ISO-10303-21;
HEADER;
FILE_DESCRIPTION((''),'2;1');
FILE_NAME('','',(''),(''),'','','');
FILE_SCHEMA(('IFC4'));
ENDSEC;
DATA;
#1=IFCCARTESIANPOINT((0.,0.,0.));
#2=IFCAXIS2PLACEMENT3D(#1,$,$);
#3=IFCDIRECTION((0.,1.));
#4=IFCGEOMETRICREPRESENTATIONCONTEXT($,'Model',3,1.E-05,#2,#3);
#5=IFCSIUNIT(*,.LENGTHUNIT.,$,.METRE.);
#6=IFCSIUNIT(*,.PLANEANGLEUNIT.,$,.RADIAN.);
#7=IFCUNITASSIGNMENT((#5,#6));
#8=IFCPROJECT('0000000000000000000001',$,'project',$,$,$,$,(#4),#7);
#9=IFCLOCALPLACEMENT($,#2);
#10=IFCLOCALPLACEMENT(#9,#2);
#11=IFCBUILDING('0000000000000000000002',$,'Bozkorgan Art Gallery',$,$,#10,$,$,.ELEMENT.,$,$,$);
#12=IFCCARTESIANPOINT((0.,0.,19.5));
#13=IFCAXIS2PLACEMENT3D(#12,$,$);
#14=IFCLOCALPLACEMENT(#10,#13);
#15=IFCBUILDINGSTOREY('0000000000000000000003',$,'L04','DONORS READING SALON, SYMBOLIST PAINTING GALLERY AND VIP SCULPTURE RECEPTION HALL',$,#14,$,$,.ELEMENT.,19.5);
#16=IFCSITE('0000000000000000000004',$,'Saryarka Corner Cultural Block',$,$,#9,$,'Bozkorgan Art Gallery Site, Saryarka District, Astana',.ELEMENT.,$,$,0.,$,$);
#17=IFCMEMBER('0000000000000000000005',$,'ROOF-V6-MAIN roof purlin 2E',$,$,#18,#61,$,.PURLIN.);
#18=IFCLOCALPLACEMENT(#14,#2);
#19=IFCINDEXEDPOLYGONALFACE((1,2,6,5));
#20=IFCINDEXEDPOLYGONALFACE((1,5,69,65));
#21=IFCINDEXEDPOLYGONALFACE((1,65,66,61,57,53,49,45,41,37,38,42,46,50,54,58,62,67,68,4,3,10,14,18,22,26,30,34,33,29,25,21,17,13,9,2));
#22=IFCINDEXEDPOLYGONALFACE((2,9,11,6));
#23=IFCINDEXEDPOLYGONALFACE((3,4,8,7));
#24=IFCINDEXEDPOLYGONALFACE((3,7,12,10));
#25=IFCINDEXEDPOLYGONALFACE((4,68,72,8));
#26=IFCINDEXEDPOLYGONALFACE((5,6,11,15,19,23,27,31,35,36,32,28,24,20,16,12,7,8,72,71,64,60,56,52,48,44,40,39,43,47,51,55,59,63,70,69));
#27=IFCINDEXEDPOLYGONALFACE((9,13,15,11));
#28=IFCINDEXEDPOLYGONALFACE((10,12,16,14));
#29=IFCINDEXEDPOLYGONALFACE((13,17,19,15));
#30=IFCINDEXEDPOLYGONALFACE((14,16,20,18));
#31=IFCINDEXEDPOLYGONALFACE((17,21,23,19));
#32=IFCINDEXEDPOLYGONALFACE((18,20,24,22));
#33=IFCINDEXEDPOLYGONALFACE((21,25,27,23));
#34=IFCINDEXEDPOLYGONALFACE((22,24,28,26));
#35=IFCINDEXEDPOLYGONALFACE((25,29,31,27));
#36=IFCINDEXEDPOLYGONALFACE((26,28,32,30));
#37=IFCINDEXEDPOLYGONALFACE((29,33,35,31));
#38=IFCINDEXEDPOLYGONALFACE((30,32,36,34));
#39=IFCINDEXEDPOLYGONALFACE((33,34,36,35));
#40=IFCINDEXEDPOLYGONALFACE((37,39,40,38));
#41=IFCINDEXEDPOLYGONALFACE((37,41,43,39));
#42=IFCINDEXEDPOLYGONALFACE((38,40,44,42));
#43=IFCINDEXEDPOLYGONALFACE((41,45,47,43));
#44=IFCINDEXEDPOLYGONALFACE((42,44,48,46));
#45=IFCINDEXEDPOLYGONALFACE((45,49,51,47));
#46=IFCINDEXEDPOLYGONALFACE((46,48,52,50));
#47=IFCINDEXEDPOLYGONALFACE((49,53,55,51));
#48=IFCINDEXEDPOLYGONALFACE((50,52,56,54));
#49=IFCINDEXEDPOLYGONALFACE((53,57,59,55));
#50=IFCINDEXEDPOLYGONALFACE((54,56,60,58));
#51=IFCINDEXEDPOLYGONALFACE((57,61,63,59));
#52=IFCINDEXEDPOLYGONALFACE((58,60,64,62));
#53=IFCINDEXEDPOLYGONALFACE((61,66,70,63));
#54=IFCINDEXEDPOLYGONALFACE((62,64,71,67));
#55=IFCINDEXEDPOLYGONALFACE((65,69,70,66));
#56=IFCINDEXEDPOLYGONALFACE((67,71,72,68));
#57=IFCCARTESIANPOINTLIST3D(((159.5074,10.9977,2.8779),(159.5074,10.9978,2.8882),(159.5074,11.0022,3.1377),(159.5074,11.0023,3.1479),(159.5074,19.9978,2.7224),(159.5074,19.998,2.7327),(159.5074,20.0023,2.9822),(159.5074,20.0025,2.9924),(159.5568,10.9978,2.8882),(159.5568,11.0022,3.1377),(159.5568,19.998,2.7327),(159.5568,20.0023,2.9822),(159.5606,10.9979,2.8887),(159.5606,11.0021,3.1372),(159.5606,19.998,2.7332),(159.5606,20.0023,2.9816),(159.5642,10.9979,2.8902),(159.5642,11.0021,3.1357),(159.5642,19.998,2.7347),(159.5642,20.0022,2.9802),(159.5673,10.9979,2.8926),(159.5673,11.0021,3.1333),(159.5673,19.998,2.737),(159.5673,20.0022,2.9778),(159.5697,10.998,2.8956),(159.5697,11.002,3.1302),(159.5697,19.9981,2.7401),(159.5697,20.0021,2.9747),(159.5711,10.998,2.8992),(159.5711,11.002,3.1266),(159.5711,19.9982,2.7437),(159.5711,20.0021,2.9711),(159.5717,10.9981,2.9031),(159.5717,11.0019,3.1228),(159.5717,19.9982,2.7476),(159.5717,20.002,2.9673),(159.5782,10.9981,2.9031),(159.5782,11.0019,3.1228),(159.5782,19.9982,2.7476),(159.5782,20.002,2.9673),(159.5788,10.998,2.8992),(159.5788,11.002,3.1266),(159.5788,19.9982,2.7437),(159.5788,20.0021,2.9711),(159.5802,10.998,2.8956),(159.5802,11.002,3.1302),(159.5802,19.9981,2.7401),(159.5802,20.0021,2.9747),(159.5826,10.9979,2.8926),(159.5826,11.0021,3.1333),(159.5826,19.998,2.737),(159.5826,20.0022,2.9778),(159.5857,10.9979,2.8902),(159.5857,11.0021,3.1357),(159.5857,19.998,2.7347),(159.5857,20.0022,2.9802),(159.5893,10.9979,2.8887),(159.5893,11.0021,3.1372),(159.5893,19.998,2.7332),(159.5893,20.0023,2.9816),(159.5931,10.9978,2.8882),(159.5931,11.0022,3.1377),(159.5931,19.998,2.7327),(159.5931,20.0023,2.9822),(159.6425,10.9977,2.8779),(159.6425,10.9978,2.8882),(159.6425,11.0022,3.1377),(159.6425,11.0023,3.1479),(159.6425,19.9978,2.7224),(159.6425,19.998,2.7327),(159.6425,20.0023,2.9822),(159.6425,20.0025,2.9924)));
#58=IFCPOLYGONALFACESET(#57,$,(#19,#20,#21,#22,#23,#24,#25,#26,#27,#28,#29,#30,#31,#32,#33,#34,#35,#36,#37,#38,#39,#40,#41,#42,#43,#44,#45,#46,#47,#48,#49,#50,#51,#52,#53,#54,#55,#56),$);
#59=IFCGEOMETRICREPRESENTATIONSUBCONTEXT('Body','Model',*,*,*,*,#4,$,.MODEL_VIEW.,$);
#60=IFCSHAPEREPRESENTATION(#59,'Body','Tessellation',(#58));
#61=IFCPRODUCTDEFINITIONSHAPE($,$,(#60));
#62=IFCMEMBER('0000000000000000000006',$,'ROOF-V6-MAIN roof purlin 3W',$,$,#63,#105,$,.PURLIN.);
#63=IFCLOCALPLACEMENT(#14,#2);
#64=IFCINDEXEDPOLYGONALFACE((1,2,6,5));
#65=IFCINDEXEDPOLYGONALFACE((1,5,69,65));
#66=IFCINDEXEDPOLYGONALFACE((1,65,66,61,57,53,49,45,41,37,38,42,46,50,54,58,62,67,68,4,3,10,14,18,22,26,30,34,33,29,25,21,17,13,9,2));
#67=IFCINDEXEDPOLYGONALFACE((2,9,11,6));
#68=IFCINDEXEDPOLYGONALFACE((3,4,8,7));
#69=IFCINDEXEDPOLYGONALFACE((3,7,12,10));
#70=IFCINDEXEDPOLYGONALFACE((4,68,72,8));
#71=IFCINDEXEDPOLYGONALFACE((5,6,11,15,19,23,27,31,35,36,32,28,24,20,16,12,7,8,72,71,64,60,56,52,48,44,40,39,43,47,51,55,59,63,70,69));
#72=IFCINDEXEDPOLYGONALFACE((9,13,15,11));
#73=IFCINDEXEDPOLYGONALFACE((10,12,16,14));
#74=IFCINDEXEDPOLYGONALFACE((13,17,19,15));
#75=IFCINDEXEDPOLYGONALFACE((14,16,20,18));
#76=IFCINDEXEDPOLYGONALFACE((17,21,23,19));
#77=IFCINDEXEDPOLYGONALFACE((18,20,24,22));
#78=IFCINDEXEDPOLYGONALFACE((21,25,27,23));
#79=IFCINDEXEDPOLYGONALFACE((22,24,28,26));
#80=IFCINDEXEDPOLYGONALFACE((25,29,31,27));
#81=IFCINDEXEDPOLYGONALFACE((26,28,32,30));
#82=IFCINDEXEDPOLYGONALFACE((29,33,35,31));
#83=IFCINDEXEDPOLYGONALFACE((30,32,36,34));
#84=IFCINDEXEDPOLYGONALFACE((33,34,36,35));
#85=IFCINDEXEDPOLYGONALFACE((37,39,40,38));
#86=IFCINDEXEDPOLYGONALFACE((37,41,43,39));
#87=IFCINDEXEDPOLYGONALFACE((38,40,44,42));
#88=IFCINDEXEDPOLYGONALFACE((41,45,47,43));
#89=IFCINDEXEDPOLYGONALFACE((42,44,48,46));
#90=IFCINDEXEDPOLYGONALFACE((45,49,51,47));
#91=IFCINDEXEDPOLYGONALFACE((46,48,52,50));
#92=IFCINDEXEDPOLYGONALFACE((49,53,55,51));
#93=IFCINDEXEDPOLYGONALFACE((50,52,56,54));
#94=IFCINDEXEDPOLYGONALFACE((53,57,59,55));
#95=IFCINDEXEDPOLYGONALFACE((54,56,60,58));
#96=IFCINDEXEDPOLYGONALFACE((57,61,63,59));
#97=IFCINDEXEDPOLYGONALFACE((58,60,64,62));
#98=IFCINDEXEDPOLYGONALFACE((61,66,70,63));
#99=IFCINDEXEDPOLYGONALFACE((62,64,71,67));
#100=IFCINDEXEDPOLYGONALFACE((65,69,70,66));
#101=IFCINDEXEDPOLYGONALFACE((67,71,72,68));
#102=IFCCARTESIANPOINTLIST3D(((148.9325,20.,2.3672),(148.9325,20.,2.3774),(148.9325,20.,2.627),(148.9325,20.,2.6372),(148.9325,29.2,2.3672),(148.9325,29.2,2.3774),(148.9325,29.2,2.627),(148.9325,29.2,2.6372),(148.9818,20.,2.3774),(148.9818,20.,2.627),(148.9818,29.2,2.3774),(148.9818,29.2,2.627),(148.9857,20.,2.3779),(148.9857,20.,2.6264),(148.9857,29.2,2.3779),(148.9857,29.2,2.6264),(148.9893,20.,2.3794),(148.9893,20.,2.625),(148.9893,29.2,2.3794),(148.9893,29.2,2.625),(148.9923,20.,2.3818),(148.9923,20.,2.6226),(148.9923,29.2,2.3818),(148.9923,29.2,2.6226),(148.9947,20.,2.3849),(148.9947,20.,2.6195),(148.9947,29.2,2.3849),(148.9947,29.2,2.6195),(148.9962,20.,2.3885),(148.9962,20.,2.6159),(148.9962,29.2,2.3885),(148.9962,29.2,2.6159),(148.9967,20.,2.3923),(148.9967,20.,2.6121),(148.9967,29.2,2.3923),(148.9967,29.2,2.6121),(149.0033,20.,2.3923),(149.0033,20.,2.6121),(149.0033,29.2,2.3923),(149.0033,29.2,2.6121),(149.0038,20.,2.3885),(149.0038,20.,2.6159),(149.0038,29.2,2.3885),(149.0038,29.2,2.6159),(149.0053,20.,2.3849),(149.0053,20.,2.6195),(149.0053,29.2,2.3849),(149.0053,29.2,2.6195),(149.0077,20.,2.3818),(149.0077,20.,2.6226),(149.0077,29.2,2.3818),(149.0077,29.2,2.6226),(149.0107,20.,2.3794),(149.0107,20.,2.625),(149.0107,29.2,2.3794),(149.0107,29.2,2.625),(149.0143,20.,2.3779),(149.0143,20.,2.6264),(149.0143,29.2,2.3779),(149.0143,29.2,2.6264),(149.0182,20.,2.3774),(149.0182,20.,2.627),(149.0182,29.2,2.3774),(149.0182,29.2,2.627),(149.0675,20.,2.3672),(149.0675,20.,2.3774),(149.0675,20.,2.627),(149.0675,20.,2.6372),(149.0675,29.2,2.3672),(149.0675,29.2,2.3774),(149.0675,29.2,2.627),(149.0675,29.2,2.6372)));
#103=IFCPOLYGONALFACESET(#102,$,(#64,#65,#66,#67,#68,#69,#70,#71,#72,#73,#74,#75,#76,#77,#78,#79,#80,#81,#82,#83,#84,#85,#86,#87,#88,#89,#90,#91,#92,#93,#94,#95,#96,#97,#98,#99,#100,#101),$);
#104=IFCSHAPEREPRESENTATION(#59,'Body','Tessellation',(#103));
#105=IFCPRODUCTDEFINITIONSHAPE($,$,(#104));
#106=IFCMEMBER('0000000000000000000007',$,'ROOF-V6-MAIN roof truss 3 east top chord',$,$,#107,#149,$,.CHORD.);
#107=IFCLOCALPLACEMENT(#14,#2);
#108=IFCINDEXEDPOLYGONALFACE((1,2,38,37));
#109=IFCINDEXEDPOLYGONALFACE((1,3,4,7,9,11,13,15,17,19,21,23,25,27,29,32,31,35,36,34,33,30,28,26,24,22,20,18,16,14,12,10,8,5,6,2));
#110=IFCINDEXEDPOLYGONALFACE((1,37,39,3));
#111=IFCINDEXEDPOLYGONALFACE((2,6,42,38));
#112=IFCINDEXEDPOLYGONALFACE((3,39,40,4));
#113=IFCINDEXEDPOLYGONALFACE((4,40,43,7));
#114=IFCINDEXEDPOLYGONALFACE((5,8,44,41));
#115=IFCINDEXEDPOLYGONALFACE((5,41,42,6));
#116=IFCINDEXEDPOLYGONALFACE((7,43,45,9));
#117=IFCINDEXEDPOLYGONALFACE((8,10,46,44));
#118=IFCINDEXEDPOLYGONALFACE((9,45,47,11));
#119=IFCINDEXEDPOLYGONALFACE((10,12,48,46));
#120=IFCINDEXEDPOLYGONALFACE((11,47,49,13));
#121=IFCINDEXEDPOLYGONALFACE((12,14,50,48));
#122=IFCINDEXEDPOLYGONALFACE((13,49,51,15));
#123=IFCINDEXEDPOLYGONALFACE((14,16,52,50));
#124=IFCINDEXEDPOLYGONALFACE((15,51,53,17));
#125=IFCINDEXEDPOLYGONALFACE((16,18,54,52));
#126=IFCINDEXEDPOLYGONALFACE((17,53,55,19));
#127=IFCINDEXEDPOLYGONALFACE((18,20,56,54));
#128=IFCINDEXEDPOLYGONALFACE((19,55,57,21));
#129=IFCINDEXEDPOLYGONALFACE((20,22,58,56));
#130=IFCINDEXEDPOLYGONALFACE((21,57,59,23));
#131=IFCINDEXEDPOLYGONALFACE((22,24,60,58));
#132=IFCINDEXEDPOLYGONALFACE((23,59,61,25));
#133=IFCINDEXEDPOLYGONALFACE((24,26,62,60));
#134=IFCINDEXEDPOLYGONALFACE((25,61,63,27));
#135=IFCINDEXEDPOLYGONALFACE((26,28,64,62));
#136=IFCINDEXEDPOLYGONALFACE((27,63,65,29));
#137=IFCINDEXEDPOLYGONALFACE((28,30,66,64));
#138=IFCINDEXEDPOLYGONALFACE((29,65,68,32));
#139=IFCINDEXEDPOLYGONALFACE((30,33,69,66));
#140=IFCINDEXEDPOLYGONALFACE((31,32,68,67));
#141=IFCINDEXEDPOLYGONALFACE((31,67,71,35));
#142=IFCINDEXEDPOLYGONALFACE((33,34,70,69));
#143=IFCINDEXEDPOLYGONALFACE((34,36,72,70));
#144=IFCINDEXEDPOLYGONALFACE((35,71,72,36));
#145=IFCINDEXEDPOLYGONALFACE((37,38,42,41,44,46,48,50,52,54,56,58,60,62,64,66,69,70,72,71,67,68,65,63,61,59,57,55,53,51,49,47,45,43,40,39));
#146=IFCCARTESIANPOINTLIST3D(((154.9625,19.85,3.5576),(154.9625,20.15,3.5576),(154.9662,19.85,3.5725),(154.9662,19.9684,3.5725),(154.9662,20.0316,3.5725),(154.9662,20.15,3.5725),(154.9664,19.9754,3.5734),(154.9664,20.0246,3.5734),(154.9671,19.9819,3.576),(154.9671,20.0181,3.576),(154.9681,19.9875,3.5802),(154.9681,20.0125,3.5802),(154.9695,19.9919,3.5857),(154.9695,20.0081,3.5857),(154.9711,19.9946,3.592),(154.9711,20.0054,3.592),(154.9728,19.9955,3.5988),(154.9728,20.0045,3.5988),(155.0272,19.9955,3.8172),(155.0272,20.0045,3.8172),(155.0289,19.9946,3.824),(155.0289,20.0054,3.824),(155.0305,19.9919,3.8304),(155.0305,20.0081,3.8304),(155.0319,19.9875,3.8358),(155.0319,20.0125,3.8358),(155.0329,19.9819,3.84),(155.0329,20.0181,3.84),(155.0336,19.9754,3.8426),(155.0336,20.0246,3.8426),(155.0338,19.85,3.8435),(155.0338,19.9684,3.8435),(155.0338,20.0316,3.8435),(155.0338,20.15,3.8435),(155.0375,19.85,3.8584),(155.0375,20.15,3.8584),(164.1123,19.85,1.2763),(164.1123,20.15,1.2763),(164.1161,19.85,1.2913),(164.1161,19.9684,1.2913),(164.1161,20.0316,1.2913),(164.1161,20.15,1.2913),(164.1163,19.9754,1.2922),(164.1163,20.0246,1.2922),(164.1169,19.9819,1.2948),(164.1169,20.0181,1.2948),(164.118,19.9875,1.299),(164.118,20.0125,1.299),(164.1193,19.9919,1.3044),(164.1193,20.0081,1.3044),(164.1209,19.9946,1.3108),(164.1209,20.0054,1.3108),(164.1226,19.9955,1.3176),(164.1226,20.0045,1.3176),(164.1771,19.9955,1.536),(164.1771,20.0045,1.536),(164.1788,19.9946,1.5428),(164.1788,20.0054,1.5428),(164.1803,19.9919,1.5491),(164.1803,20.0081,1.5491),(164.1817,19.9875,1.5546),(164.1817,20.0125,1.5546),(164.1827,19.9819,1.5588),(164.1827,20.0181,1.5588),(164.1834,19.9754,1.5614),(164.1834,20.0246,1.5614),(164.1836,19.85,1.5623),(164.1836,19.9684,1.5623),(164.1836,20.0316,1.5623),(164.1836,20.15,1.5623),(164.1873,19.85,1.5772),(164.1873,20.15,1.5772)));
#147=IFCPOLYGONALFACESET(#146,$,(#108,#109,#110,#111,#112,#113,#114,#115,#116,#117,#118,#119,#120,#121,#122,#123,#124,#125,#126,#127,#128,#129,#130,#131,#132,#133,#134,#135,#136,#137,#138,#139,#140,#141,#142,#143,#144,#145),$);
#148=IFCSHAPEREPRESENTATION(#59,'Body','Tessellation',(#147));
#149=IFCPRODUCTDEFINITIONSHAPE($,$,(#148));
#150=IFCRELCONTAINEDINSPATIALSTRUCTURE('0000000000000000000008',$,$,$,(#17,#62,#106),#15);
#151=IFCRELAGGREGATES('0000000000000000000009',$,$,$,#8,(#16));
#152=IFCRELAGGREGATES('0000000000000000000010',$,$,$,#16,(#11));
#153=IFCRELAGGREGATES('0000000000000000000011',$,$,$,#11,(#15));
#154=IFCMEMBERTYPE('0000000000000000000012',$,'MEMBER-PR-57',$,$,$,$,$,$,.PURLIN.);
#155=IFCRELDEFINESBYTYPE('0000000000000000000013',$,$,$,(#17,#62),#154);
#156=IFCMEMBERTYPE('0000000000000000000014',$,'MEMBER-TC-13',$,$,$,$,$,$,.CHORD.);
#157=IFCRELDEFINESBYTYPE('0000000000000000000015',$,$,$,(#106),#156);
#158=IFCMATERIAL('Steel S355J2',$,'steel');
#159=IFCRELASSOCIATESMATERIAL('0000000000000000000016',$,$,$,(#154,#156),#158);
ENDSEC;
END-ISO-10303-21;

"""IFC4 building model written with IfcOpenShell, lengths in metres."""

from ifc_helpers import new_model, si_unit, direction, frame, origin, origin_2d, place, context, subcontext, project, spatial, i_section, extrude, material, material_profile, profile_set, type_object, element, save


model = new_model("IFC4")

# Units and contexts
model_context = context("Model", 3, precision=1e-05, world=origin(), true_north=direction((0.0, 1.0)))
body_context = subcontext(model_context, "Body", "Model", "MODEL_VIEW")
ifc_project = project(units=[si_unit("LENGTHUNIT", "METRE"), si_unit("PLANEANGLEUNIT", "RADIAN")], contexts=[model_context])

# Site, building, storey
site_placement = place(None, origin())
site = spatial("IfcSite", under=ifc_project, at=site_placement, Name="Saryarka Corner Cultural Block", LongName="Bozkorgan Art Gallery Site, Saryarka District, Astana", CompositionType="ELEMENT", RefElevation=0.0)
building_placement = place(site_placement, origin())
building = spatial("IfcBuilding", under=site, at=building_placement, Name="Bozkorgan Art Gallery", CompositionType="ELEMENT")
storey_placement = place(building_placement, frame((0.0, 0.0, 19.5)))
storey = spatial("IfcBuildingStorey", under=building, at=storey_placement, Name="L04", Description="DONORS READING SALON, SYMBOLIST PAINTING GALLERY AND VIP SCULPTURE RECEPTION HALL", CompositionType="ELEMENT", Elevation=19.5)

# Members
ifc_material_1 = material(Name="Steel S355J2", Category="steel")
ifc_material_profile_1 = material_profile(ifc_material_1, i_section(OverallWidth=0.135, OverallDepth=0.27, WebThickness=0.0066, FlangeThickness=0.0103, FilletRadius=0.0149, at=origin_2d()), Name="IPE 270")
ifc_profile_set_1 = profile_set([ifc_material_profile_1], Name="Steel S355J2")
member_type_1 = type_object("IfcMemberType", Name="MEMBER-PR-57", PredefinedType="PURLIN", material=ifc_profile_set_1)
member_1_placement = place(storey_placement, frame((159.575, 11.0, 3.0129), z_axis=(0.0, 0.999851, -0.017277), x_axis=(-1.0, 0.0, 0.0)))
element("IfcMember", 1, at=member_1_placement, inside=storey, type_object=member_type_1, Name="ROOF-V6-MAIN roof purlin 2E", PredefinedType="PURLIN", context=body_context, shape_type="SweptSolid", body=[
    extrude(i_section(OverallWidth=0.135, OverallDepth=0.27, WebThickness=0.0066, FlangeThickness=0.0103, FilletRadius=0.0149, at=origin_2d()), origin(), (0.0, 0.0, 1.0), 9.0015),
])
member_2_placement = place(storey_placement, frame((149.0, 20.0, 2.5022), z_axis=(0.0, 1.0, 0.0), x_axis=(-1.0, 0.0, 0.0)))
element("IfcMember", 2, at=member_2_placement, inside=storey, type_object=member_type_1, Name="ROOF-V6-MAIN roof purlin 3W", PredefinedType="PURLIN", context=body_context, shape_type="SweptSolid", body=[
    extrude(i_section(OverallWidth=0.135, OverallDepth=0.27, WebThickness=0.0066, FlangeThickness=0.0103, FilletRadius=0.0149, at=origin_2d()), origin(), (0.0, 0.0, 1.0), 9.2),
])
ifc_material_profile_2 = material_profile(ifc_material_1, i_section(OverallWidth=0.3, OverallDepth=0.3101, WebThickness=0.009, FlangeThickness=0.0154, FilletRadius=0.0271, at=origin_2d()), Name="HEA 320")
ifc_profile_set_2 = profile_set([ifc_material_profile_2], Name="Steel S355J2")
member_type_2 = type_object("IfcMemberType", Name="MEMBER-TC-13", PredefinedType="CHORD", material=ifc_profile_set_2)
member_3_placement = place(storey_placement, frame((155.0, 20.0, 3.708), z_axis=(0.970298, 0.0, -0.241914), x_axis=(0.0, 1.0, 0.0)))
element("IfcMember", 3, at=member_3_placement, inside=storey, type_object=member_type_2, Name="ROOF-V6-MAIN roof truss 3 east top chord", PredefinedType="CHORD", context=body_context, shape_type="SweptSolid", body=[
    extrude(i_section(OverallWidth=0.3, OverallDepth=0.3101, WebThickness=0.009, FlangeThickness=0.0154, FilletRadius=0.0271, at=origin_2d()), origin(), (0.0, 0.0, 1.0), 9.4299),
])

save(model, "model.ifc")
